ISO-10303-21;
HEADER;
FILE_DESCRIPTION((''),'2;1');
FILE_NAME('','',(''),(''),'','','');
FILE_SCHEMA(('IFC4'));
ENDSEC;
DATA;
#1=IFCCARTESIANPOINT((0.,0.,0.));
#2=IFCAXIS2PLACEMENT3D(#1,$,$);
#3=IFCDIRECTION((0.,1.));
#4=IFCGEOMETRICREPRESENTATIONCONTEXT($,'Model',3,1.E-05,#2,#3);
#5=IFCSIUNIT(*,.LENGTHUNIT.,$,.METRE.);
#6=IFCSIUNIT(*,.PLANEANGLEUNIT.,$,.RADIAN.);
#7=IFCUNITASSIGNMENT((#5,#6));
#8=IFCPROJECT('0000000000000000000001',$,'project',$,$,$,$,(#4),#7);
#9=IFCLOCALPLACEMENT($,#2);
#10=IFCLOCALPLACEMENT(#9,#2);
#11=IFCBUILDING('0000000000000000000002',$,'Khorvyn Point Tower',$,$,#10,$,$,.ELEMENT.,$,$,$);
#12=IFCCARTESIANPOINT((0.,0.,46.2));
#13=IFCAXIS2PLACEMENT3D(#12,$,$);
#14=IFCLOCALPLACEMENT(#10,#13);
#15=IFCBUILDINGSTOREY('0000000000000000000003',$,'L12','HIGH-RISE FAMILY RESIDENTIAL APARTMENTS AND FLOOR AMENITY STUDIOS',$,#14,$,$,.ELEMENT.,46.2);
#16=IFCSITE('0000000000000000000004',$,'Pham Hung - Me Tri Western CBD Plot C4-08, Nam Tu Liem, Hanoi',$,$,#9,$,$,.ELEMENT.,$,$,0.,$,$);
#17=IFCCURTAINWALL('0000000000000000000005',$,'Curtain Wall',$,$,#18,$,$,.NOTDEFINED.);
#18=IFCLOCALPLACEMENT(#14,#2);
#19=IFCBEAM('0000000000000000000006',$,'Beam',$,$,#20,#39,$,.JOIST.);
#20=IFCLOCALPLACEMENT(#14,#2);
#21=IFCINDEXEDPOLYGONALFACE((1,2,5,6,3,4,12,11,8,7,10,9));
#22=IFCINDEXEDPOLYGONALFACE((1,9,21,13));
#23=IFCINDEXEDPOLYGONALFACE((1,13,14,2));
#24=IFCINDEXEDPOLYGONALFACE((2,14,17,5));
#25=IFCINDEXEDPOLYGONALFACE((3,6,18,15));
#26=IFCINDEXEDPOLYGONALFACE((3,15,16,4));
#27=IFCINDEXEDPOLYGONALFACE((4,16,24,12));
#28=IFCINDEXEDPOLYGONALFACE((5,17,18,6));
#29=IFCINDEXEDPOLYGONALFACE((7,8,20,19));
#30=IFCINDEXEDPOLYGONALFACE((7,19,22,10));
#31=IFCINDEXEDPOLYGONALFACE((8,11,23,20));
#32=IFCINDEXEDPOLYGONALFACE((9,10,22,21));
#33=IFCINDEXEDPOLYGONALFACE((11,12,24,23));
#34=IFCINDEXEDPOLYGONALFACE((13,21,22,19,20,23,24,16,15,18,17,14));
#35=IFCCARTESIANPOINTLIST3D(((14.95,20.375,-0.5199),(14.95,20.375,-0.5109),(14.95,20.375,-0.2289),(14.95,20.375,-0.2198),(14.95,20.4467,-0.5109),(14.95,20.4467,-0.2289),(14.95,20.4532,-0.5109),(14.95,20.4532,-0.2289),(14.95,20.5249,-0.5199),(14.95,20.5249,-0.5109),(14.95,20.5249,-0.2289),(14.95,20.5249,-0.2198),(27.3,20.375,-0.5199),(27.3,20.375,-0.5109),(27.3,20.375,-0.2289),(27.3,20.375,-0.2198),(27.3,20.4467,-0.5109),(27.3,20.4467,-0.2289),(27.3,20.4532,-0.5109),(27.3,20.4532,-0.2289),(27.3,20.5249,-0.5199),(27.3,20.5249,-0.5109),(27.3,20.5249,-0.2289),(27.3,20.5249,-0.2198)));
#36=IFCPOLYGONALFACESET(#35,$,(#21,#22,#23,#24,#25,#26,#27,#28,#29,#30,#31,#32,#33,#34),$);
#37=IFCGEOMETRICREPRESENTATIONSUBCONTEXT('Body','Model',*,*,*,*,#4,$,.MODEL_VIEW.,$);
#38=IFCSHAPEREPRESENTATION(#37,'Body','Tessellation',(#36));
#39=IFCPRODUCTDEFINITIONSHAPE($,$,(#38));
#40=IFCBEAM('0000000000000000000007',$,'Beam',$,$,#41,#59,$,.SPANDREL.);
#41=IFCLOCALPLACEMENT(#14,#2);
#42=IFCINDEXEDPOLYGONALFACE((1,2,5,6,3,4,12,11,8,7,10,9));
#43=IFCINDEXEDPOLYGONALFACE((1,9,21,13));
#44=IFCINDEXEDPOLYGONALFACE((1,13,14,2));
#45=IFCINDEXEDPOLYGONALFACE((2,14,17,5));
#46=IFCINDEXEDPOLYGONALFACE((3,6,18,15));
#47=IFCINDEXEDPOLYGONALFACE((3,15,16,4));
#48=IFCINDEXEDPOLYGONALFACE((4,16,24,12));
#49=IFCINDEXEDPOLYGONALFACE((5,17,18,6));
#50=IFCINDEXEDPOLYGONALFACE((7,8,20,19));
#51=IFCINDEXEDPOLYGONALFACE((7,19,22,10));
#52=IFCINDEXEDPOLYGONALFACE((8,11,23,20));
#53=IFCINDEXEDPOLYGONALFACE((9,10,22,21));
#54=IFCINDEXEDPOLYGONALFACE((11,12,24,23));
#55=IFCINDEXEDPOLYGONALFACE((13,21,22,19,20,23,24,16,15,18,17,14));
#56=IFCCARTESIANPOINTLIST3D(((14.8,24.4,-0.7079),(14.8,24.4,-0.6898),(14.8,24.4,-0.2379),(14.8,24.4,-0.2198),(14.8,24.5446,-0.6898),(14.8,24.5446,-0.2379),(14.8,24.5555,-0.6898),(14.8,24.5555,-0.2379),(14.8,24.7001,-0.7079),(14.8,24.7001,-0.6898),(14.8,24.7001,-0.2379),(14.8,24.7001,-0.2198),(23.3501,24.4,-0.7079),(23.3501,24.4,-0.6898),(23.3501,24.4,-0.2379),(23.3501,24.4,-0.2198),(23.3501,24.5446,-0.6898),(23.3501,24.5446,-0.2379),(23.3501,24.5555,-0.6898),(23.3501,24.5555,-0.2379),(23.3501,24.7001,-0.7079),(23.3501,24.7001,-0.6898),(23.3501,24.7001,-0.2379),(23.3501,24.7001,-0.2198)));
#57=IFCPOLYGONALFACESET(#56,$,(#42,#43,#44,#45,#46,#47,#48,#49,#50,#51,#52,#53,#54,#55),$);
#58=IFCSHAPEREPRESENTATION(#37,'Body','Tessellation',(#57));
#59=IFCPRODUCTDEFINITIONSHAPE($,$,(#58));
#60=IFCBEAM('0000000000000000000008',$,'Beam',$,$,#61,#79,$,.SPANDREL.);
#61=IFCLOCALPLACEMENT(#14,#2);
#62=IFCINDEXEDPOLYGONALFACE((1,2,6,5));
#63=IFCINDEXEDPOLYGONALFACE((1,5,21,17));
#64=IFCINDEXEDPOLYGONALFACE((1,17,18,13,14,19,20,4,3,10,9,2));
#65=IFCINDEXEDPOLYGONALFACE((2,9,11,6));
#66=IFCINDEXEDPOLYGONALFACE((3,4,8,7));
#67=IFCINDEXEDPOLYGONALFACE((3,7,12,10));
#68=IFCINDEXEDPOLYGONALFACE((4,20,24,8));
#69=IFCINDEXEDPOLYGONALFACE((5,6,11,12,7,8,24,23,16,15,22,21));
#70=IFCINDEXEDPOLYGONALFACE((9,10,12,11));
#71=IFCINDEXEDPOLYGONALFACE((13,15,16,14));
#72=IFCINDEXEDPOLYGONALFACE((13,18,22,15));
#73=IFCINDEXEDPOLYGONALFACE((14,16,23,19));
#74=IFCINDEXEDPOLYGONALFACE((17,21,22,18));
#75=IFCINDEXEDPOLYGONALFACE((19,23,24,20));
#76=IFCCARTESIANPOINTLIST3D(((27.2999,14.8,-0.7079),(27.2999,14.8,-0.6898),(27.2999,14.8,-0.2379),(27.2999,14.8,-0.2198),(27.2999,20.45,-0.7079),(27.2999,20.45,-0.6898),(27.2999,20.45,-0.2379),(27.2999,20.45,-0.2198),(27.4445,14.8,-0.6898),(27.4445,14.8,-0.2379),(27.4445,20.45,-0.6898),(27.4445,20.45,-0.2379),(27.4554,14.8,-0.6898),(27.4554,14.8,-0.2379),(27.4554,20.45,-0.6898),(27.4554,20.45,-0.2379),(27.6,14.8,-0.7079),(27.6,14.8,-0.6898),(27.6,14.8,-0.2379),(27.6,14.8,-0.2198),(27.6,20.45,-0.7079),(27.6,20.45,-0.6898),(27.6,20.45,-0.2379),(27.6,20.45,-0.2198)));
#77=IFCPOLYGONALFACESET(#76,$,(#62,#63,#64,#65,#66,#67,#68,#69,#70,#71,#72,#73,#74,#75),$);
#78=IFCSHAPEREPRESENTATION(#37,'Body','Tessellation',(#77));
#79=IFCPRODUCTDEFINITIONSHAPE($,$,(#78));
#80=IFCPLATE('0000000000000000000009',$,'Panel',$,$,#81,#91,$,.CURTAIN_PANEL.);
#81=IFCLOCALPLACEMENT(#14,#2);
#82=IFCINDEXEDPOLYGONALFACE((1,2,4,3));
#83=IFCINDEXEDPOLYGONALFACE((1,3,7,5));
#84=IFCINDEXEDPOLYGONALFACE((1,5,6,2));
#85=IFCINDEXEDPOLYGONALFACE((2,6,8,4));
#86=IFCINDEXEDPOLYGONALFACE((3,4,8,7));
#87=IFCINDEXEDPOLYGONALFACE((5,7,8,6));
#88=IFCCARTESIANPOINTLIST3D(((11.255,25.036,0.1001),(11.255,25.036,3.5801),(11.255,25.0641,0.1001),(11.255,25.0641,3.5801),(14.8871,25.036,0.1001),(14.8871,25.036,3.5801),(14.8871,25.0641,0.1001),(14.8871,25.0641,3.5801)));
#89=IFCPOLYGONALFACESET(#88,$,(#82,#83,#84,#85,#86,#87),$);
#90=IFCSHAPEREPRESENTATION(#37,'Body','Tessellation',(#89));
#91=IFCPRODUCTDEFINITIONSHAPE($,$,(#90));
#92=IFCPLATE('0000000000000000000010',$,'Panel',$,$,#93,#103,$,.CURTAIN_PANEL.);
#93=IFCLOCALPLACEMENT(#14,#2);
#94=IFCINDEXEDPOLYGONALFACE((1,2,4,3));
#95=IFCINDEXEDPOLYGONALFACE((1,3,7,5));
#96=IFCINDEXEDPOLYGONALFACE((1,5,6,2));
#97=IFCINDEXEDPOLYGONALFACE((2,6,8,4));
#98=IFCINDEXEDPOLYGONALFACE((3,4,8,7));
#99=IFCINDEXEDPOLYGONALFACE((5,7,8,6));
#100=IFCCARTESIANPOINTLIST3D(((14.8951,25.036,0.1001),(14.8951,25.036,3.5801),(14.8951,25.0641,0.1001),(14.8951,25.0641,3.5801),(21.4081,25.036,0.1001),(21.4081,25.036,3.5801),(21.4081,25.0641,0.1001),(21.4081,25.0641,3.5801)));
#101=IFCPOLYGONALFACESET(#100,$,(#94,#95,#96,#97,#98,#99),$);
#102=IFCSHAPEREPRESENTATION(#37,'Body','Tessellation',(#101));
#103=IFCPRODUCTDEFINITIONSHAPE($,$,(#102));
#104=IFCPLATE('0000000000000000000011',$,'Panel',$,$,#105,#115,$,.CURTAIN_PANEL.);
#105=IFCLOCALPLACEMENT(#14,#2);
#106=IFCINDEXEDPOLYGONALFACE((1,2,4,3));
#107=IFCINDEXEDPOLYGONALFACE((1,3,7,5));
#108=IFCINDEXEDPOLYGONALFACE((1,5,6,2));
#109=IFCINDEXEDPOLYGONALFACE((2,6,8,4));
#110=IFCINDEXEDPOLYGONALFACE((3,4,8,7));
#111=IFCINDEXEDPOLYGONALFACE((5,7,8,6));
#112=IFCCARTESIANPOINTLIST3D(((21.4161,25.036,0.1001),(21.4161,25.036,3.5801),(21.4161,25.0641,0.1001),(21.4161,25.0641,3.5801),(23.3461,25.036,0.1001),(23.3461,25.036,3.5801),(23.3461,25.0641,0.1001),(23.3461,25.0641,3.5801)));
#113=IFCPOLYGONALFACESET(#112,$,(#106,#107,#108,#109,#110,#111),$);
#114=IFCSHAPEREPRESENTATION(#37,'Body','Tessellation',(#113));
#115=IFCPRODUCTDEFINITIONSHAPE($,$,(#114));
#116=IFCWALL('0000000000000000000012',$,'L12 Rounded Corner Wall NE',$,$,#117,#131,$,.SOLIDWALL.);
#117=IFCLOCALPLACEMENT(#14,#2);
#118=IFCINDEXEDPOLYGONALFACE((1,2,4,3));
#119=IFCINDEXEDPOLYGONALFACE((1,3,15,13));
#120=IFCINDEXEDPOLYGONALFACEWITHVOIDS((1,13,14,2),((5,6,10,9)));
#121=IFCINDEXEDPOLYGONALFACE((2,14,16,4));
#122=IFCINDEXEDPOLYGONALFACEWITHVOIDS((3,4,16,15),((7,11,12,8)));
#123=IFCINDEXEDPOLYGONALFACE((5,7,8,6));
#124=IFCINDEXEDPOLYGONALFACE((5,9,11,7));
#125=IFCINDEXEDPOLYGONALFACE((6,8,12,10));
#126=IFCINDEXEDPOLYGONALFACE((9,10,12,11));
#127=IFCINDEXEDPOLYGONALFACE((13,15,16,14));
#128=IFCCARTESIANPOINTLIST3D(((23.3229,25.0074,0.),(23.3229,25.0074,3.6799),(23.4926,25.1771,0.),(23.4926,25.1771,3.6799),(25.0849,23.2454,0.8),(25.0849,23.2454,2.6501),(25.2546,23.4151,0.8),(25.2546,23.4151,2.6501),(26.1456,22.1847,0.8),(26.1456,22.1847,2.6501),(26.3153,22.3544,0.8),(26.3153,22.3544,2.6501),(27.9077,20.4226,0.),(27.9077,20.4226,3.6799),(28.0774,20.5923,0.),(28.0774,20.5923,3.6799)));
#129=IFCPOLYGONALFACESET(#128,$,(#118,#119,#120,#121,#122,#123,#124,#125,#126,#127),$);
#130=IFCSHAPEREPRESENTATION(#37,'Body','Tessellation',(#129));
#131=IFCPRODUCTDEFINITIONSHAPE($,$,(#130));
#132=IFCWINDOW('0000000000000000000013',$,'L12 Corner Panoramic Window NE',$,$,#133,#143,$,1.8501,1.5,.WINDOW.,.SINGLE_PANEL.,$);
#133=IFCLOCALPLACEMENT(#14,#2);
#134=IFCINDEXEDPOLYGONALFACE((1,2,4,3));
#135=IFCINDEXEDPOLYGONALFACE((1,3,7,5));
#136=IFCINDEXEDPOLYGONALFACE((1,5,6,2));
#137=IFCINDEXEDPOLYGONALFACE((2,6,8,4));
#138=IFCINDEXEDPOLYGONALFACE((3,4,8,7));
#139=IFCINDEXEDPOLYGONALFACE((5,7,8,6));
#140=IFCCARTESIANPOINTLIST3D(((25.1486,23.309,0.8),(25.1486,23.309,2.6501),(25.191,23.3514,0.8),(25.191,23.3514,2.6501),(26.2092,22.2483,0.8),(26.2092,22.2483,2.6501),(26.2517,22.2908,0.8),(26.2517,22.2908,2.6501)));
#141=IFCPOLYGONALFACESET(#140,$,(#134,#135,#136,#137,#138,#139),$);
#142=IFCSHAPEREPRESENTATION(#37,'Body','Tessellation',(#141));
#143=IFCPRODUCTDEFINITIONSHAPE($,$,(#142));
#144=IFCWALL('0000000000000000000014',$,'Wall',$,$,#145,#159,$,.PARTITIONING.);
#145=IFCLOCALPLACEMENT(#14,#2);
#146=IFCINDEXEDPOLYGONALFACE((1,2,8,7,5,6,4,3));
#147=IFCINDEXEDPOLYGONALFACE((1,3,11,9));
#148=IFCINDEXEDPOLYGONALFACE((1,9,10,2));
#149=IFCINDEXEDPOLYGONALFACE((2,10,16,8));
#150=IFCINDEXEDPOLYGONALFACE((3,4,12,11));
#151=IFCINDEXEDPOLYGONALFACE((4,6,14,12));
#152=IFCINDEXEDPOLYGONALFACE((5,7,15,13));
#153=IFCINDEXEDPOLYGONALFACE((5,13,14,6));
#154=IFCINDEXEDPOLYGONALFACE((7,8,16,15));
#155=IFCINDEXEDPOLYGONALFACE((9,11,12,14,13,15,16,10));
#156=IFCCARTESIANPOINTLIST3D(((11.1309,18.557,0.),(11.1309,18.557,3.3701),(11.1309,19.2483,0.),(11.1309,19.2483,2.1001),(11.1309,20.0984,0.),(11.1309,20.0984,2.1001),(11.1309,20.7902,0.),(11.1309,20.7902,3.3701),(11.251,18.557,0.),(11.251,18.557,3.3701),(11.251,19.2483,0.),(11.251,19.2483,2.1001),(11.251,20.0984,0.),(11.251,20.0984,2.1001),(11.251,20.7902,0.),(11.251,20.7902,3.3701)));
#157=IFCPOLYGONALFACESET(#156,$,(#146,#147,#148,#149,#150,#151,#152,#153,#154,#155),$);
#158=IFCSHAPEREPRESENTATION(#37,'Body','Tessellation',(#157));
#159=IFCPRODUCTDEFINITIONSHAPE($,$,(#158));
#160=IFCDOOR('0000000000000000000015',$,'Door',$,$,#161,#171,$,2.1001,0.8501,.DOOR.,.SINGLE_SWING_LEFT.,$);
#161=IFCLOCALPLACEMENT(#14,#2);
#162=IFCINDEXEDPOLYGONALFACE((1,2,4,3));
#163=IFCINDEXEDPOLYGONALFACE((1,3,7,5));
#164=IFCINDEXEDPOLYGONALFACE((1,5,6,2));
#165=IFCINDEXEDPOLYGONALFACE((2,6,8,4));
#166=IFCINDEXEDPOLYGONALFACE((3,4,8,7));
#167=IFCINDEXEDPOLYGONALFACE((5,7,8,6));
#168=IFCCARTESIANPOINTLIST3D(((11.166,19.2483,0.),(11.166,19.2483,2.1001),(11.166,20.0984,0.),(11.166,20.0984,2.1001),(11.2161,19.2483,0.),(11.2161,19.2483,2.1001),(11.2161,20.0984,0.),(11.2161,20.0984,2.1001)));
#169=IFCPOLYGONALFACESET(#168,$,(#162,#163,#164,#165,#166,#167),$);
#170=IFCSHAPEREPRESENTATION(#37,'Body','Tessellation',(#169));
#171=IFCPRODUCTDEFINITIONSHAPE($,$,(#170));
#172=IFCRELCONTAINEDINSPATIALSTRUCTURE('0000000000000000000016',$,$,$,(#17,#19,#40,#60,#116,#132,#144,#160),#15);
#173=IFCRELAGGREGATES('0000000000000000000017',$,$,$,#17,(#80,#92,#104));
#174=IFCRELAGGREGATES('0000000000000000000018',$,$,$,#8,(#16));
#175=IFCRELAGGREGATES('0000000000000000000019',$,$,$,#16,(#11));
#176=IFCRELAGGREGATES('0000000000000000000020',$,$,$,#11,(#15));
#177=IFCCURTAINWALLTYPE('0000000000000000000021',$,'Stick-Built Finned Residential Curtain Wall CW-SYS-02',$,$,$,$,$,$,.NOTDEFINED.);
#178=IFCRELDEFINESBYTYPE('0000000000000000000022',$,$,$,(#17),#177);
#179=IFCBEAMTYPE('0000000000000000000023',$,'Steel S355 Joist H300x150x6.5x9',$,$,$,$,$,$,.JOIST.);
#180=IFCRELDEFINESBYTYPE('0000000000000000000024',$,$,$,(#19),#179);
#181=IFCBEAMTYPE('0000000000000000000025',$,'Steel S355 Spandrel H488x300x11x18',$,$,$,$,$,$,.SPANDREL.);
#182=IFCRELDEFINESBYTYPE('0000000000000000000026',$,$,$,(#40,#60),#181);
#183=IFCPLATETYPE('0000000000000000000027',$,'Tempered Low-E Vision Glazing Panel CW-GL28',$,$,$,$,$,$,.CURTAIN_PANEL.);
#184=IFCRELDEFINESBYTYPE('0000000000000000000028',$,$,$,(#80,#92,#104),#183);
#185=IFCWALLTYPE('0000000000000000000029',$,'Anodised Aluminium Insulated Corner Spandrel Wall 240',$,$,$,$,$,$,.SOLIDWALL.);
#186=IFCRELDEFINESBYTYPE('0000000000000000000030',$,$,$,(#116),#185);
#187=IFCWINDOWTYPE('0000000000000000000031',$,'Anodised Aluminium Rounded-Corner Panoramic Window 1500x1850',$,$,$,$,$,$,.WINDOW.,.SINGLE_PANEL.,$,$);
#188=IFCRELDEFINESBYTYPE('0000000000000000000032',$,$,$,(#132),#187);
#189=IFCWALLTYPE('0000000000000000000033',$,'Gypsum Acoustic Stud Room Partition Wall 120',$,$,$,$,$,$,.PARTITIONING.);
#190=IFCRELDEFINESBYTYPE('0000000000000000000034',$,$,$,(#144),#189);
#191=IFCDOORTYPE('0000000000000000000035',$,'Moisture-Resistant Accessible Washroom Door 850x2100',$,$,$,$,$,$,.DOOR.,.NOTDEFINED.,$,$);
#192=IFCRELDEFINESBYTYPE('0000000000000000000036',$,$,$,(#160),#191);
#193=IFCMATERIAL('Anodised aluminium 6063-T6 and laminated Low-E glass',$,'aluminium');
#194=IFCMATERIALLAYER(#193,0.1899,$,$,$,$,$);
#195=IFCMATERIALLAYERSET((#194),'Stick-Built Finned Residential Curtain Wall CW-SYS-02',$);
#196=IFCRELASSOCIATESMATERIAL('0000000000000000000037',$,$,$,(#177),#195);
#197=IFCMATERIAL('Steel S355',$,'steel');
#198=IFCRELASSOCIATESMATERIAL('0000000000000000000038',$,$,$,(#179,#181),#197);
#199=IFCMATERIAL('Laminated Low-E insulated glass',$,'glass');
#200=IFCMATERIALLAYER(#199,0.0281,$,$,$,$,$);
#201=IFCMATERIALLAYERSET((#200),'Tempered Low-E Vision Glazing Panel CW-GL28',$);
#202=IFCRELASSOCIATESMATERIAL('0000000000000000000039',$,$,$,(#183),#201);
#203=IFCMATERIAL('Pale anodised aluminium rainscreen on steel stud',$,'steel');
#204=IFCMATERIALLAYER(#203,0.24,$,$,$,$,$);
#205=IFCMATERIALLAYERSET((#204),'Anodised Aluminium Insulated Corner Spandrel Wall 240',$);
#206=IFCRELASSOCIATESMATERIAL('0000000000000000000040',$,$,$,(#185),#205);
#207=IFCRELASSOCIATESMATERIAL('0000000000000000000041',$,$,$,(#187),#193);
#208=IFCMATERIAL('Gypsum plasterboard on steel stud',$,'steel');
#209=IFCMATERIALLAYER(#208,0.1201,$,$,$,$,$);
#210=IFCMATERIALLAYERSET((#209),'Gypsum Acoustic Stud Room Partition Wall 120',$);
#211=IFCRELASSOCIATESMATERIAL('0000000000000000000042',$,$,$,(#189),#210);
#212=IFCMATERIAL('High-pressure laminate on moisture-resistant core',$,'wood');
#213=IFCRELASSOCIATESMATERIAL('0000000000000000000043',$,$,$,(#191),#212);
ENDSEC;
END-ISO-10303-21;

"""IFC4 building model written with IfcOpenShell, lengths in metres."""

from ifc_helpers import new_model, si_unit, direction, frame, frame_2d, origin, origin_2d, place, context, subcontext, project, spatial, rectangle, i_section, extrude, material, layer, layer_set, material_profile, profile_set, type_object, element, fill, aggregate, save


model = new_model("IFC4")

# Units and contexts
model_context = context("Model", 3, precision=1e-05, world=origin(), true_north=direction((0.0, 1.0)))
body_context = subcontext(model_context, "Body", "Model", "MODEL_VIEW")
ifc_project = project(units=[si_unit("LENGTHUNIT", "METRE"), si_unit("PLANEANGLEUNIT", "RADIAN")], contexts=[model_context])

# Site, building, storey
site_placement = place(None, origin())
site = spatial("IfcSite", under=ifc_project, at=site_placement, Name="Pham Hung - Me Tri Western CBD Plot C4-08, Nam Tu Liem, Hanoi", CompositionType="ELEMENT", RefElevation=0.0)
building_placement = place(site_placement, origin())
building = spatial("IfcBuilding", under=site, at=building_placement, Name="Khorvyn Point Tower", CompositionType="ELEMENT")
storey_placement = place(building_placement, frame((0.0, 0.0, 46.2)))
storey = spatial("IfcBuildingStorey", under=building, at=storey_placement, Name="L12", Description="HIGH-RISE FAMILY RESIDENTIAL APARTMENTS AND FLOOR AMENITY STUDIOS", CompositionType="ELEMENT", Elevation=46.2)

# Curtain wall
ifc_material_1 = material(Name="Anodised aluminium 6063-T6 and laminated Low-E glass", Category="aluminium")
ifc_layer_1 = layer(ifc_material_1, 0.1899)
ifc_layer_set_1 = layer_set([ifc_layer_1], Name="Stick-Built Finned Residential Curtain Wall CW-SYS-02")
curtain_wall_type = type_object("IfcCurtainWallType", Name="Stick-Built Finned Residential Curtain Wall CW-SYS-02", PredefinedType="NOTDEFINED", material=ifc_layer_set_1)
curtain_wall_1_placement = place(storey_placement, origin())
curtain_wall_1 = element("IfcCurtainWall", 1, at=curtain_wall_1_placement, inside=storey, type_object=curtain_wall_type, Name="Curtain Wall", PredefinedType="NOTDEFINED")

# Beams
ifc_material_2 = material(Name="Steel S355", Category="steel")
ifc_material_profile_1 = material_profile(ifc_material_2, i_section(OverallWidth=0.1499, OverallDepth=0.3, WebThickness=0.0066, FlangeThickness=0.009, at=origin_2d()))
ifc_profile_set_1 = profile_set([ifc_material_profile_1], Name="Steel S355 H300x150x6.5x9")
beam_type_1 = type_object("IfcBeamType", Name="Steel S355 Joist H300x150x6.5x9", PredefinedType="JOIST", material=ifc_profile_set_1)
beam_1_placement = place(storey_placement, frame((14.95, 20.45, -0.3699), z_axis=(1.0, 0.0, 0.0), x_axis=(0.0, 1.0, 0.0)))
element("IfcBeam", 2, at=beam_1_placement, inside=storey, type_object=beam_type_1, Name="Beam", PredefinedType="JOIST", context=body_context, shape_type="SweptSolid", body=[
    extrude(i_section(OverallWidth=0.1499, OverallDepth=0.3, WebThickness=0.0066, FlangeThickness=0.009, at=origin_2d()), origin(), (0.0, 0.0, 1.0), 12.3501),
])
ifc_material_profile_2 = material_profile(ifc_material_2, i_section(OverallWidth=0.3, OverallDepth=0.488, WebThickness=0.011, FlangeThickness=0.0181, at=origin_2d()))
ifc_profile_set_2 = profile_set([ifc_material_profile_2], Name="Steel S355 H488x300x11x18")
beam_type_2 = type_object("IfcBeamType", Name="Steel S355 Spandrel H488x300x11x18", PredefinedType="SPANDREL", material=ifc_profile_set_2)
beam_2_placement = place(storey_placement, frame((14.8, 24.55, -0.4639), z_axis=(1.0, 0.0, 0.0), x_axis=(0.0, 1.0, 0.0)))
element("IfcBeam", 3, at=beam_2_placement, inside=storey, type_object=beam_type_2, Name="Beam", PredefinedType="SPANDREL", context=body_context, shape_type="SweptSolid", body=[
    extrude(i_section(OverallWidth=0.3, OverallDepth=0.488, WebThickness=0.011, FlangeThickness=0.0181, at=origin_2d()), origin(), (0.0, 0.0, 1.0), 8.55),
])
beam_3_placement = place(storey_placement, frame((27.45, 14.8, -0.4639), z_axis=(0.0, 1.0, 0.0), x_axis=(-1.0, 0.0, 0.0)))
element("IfcBeam", 4, at=beam_3_placement, inside=storey, type_object=beam_type_2, Name="Beam", PredefinedType="SPANDREL", context=body_context, shape_type="SweptSolid", body=[
    extrude(i_section(OverallWidth=0.3, OverallDepth=0.488, WebThickness=0.011, FlangeThickness=0.0181, at=origin_2d()), origin(), (0.0, 0.0, 1.0), 5.6499),
])

# Plates
ifc_material_3 = material(Name="Laminated Low-E insulated glass", Category="glass")
ifc_layer_2 = layer(ifc_material_3, 0.0281)
ifc_layer_set_2 = layer_set([ifc_layer_2], Name="Tempered Low-E Vision Glazing Panel CW-GL28")
plate_type = type_object("IfcPlateType", Name="Tempered Low-E Vision Glazing Panel CW-GL28", PredefinedType="CURTAIN_PANEL", material=ifc_layer_set_2)
plate_1_placement = place(storey_placement, frame((13.071, 25.05, 0.1001), z_axis=(0.0, 0.0, 1.0), x_axis=(1.0, 0.0, 0.0)))
plate_1 = element("IfcPlate", 5, at=plate_1_placement, type_object=plate_type, Name="Panel", PredefinedType="CURTAIN_PANEL", context=body_context, shape_type="SweptSolid", body=[
    extrude(rectangle(XDim=3.6321, YDim=0.0281, at=origin_2d()), origin(), (0.0, 0.0, 1.0), 3.48),
])
plate_2_placement = place(storey_placement, frame((18.1516, 25.05, 0.1001), z_axis=(0.0, 0.0, 1.0), x_axis=(1.0, 0.0, 0.0)))
plate_2 = element("IfcPlate", 6, at=plate_2_placement, type_object=plate_type, Name="Panel", PredefinedType="CURTAIN_PANEL", context=body_context, shape_type="SweptSolid", body=[
    extrude(rectangle(XDim=6.5129, YDim=0.0281, at=origin_2d()), origin(), (0.0, 0.0, 1.0), 3.48),
])
plate_3_placement = place(storey_placement, frame((22.3811, 25.05, 0.1001), z_axis=(0.0, 0.0, 1.0), x_axis=(1.0, 0.0, 0.0)))
plate_3 = element("IfcPlate", 7, at=plate_3_placement, type_object=plate_type, Name="Panel", PredefinedType="CURTAIN_PANEL", context=body_context, shape_type="SweptSolid", body=[
    extrude(rectangle(XDim=1.9299, YDim=0.0281, at=origin_2d()), origin(), (0.0, 0.0, 1.0), 3.48),
])
aggregate(curtain_wall_1, [plate_1, plate_2, plate_3])

# Wall, opening, window
ifc_material_4 = material(Name="Pale anodised aluminium rainscreen on steel stud", Category="steel")
ifc_layer_3 = layer(ifc_material_4, 0.24)
ifc_layer_set_3 = layer_set([ifc_layer_3], Name="Anodised Aluminium Insulated Corner Spandrel Wall 240")
wall_type_1 = type_object("IfcWallType", Name="Anodised Aluminium Insulated Corner Spandrel Wall 240", PredefinedType="SOLIDWALL", material=ifc_layer_set_3)
wall_1_placement = place(storey_placement, frame((23.4077, 25.0923, 0.0), z_axis=(0.0, 0.0, 1.0), x_axis=(0.707107, -0.707107, 0.0)))
wall_1 = element("IfcWall", 8, at=wall_1_placement, inside=storey, type_object=wall_type_1, Name="L12 Rounded Corner Wall NE", PredefinedType="SOLIDWALL", context=body_context, shape_type="SweptSolid", body=[
    extrude(rectangle(XDim=6.4839, YDim=0.24, at=frame_2d((3.2419, 0.0))), origin(), (0.0, 0.0, 1.0), 3.6799),
])
opening_1_placement = place(wall_1_placement, frame((2.4919, 0.0, 0.8)))
opening_1 = element("IfcOpeningElement", 9, at=opening_1_placement, cuts=wall_1, PredefinedType="OPENING", context=body_context, shape_type="SweptSolid", body=[
    extrude(rectangle(XDim=1.5, YDim=1.8501, at=frame_2d((0.75, 0.925))), frame((0.0, 0.1299, 0.0), z_axis=(0.0, -1.0, 0.0), x_axis=(1.0, 0.0, 0.0)), (0.0, 0.0, 1.0), 0.26),
])
window_type = type_object("IfcWindowType", Name="Anodised Aluminium Rounded-Corner Panoramic Window 1500x1850", PartitioningType="SINGLE_PANEL", PredefinedType="WINDOW", material=ifc_material_1)
window_placement = place(opening_1_placement, origin())
window = element("IfcWindow", 10, at=window_placement, inside=storey, type_object=window_type, Name="L12 Corner Panoramic Window NE", OverallHeight=1.8501, OverallWidth=1.5, PartitioningType="SINGLE_PANEL", PredefinedType="WINDOW", context=body_context, shape_type="SweptSolid", body=[
    extrude(rectangle(XDim=1.5, YDim=1.8501, at=frame_2d((0.75, 0.925))), frame((0.0, 0.03, 0.0), z_axis=(0.0, -1.0, 0.0), x_axis=(1.0, 0.0, 0.0)), (0.0, 0.0, 1.0), 0.0601),
])
fill(opening_1, window)

# Wall, opening, door
ifc_material_5 = material(Name="Gypsum plasterboard on steel stud", Category="steel")
ifc_layer_4 = layer(ifc_material_5, 0.1201)
ifc_layer_set_4 = layer_set([ifc_layer_4], Name="Gypsum Acoustic Stud Room Partition Wall 120")
wall_type_2 = type_object("IfcWallType", Name="Gypsum Acoustic Stud Room Partition Wall 120", PredefinedType="PARTITIONING", material=ifc_layer_set_4)
wall_2_placement = place(storey_placement, frame((11.1909, 18.5569, 0.0), z_axis=(0.0, 0.0, 1.0), x_axis=(0.0, 1.0, 0.0)))
wall_2 = element("IfcWall", 11, at=wall_2_placement, inside=storey, type_object=wall_type_2, Name="Wall", PredefinedType="PARTITIONING", context=body_context, shape_type="SweptSolid", body=[
    extrude(rectangle(XDim=2.2332, YDim=0.1201, at=frame_2d((1.1167, 0.0))), origin(), (0.0, 0.0, 1.0), 3.3701),
])
opening_2_placement = place(wall_2_placement, frame((0.6914, 0.0, 0.0)))
opening_2 = element("IfcOpeningElement", 12, at=opening_2_placement, cuts=wall_2, PredefinedType="OPENING", context=body_context, shape_type="SweptSolid", body=[
    extrude(rectangle(XDim=0.8501, YDim=2.1001, at=frame_2d((0.425, 1.05))), frame((0.0, 0.0701, 0.0), z_axis=(0.0, -1.0, 0.0), x_axis=(1.0, 0.0, 0.0)), (0.0, 0.0, 1.0), 0.1401),
])
ifc_material_6 = material(Name="High-pressure laminate on moisture-resistant core", Category="wood")
door_type_1 = type_object("IfcDoorType", Name="Moisture-Resistant Accessible Washroom Door 850x2100", OperationType="NOTDEFINED", PredefinedType="DOOR", material=ifc_material_6)
door_1_placement = place(opening_2_placement, origin())
door_1 = element("IfcDoor", 13, at=door_1_placement, inside=storey, type_object=door_type_1, Name="Door", OperationType="SINGLE_SWING_LEFT", OverallHeight=2.1001, OverallWidth=0.8501, PredefinedType="DOOR", context=body_context, shape_type="SweptSolid", body=[
    extrude(rectangle(XDim=0.8501, YDim=2.1001, at=frame_2d((0.425, 1.05))), frame((0.0, 0.0249, 0.0), z_axis=(0.0, -1.0, 0.0), x_axis=(1.0, 0.0, 0.0)), (0.0, 0.0, 1.0), 0.05),
])
fill(opening_2, door_1)

save(model, "model.ifc")
